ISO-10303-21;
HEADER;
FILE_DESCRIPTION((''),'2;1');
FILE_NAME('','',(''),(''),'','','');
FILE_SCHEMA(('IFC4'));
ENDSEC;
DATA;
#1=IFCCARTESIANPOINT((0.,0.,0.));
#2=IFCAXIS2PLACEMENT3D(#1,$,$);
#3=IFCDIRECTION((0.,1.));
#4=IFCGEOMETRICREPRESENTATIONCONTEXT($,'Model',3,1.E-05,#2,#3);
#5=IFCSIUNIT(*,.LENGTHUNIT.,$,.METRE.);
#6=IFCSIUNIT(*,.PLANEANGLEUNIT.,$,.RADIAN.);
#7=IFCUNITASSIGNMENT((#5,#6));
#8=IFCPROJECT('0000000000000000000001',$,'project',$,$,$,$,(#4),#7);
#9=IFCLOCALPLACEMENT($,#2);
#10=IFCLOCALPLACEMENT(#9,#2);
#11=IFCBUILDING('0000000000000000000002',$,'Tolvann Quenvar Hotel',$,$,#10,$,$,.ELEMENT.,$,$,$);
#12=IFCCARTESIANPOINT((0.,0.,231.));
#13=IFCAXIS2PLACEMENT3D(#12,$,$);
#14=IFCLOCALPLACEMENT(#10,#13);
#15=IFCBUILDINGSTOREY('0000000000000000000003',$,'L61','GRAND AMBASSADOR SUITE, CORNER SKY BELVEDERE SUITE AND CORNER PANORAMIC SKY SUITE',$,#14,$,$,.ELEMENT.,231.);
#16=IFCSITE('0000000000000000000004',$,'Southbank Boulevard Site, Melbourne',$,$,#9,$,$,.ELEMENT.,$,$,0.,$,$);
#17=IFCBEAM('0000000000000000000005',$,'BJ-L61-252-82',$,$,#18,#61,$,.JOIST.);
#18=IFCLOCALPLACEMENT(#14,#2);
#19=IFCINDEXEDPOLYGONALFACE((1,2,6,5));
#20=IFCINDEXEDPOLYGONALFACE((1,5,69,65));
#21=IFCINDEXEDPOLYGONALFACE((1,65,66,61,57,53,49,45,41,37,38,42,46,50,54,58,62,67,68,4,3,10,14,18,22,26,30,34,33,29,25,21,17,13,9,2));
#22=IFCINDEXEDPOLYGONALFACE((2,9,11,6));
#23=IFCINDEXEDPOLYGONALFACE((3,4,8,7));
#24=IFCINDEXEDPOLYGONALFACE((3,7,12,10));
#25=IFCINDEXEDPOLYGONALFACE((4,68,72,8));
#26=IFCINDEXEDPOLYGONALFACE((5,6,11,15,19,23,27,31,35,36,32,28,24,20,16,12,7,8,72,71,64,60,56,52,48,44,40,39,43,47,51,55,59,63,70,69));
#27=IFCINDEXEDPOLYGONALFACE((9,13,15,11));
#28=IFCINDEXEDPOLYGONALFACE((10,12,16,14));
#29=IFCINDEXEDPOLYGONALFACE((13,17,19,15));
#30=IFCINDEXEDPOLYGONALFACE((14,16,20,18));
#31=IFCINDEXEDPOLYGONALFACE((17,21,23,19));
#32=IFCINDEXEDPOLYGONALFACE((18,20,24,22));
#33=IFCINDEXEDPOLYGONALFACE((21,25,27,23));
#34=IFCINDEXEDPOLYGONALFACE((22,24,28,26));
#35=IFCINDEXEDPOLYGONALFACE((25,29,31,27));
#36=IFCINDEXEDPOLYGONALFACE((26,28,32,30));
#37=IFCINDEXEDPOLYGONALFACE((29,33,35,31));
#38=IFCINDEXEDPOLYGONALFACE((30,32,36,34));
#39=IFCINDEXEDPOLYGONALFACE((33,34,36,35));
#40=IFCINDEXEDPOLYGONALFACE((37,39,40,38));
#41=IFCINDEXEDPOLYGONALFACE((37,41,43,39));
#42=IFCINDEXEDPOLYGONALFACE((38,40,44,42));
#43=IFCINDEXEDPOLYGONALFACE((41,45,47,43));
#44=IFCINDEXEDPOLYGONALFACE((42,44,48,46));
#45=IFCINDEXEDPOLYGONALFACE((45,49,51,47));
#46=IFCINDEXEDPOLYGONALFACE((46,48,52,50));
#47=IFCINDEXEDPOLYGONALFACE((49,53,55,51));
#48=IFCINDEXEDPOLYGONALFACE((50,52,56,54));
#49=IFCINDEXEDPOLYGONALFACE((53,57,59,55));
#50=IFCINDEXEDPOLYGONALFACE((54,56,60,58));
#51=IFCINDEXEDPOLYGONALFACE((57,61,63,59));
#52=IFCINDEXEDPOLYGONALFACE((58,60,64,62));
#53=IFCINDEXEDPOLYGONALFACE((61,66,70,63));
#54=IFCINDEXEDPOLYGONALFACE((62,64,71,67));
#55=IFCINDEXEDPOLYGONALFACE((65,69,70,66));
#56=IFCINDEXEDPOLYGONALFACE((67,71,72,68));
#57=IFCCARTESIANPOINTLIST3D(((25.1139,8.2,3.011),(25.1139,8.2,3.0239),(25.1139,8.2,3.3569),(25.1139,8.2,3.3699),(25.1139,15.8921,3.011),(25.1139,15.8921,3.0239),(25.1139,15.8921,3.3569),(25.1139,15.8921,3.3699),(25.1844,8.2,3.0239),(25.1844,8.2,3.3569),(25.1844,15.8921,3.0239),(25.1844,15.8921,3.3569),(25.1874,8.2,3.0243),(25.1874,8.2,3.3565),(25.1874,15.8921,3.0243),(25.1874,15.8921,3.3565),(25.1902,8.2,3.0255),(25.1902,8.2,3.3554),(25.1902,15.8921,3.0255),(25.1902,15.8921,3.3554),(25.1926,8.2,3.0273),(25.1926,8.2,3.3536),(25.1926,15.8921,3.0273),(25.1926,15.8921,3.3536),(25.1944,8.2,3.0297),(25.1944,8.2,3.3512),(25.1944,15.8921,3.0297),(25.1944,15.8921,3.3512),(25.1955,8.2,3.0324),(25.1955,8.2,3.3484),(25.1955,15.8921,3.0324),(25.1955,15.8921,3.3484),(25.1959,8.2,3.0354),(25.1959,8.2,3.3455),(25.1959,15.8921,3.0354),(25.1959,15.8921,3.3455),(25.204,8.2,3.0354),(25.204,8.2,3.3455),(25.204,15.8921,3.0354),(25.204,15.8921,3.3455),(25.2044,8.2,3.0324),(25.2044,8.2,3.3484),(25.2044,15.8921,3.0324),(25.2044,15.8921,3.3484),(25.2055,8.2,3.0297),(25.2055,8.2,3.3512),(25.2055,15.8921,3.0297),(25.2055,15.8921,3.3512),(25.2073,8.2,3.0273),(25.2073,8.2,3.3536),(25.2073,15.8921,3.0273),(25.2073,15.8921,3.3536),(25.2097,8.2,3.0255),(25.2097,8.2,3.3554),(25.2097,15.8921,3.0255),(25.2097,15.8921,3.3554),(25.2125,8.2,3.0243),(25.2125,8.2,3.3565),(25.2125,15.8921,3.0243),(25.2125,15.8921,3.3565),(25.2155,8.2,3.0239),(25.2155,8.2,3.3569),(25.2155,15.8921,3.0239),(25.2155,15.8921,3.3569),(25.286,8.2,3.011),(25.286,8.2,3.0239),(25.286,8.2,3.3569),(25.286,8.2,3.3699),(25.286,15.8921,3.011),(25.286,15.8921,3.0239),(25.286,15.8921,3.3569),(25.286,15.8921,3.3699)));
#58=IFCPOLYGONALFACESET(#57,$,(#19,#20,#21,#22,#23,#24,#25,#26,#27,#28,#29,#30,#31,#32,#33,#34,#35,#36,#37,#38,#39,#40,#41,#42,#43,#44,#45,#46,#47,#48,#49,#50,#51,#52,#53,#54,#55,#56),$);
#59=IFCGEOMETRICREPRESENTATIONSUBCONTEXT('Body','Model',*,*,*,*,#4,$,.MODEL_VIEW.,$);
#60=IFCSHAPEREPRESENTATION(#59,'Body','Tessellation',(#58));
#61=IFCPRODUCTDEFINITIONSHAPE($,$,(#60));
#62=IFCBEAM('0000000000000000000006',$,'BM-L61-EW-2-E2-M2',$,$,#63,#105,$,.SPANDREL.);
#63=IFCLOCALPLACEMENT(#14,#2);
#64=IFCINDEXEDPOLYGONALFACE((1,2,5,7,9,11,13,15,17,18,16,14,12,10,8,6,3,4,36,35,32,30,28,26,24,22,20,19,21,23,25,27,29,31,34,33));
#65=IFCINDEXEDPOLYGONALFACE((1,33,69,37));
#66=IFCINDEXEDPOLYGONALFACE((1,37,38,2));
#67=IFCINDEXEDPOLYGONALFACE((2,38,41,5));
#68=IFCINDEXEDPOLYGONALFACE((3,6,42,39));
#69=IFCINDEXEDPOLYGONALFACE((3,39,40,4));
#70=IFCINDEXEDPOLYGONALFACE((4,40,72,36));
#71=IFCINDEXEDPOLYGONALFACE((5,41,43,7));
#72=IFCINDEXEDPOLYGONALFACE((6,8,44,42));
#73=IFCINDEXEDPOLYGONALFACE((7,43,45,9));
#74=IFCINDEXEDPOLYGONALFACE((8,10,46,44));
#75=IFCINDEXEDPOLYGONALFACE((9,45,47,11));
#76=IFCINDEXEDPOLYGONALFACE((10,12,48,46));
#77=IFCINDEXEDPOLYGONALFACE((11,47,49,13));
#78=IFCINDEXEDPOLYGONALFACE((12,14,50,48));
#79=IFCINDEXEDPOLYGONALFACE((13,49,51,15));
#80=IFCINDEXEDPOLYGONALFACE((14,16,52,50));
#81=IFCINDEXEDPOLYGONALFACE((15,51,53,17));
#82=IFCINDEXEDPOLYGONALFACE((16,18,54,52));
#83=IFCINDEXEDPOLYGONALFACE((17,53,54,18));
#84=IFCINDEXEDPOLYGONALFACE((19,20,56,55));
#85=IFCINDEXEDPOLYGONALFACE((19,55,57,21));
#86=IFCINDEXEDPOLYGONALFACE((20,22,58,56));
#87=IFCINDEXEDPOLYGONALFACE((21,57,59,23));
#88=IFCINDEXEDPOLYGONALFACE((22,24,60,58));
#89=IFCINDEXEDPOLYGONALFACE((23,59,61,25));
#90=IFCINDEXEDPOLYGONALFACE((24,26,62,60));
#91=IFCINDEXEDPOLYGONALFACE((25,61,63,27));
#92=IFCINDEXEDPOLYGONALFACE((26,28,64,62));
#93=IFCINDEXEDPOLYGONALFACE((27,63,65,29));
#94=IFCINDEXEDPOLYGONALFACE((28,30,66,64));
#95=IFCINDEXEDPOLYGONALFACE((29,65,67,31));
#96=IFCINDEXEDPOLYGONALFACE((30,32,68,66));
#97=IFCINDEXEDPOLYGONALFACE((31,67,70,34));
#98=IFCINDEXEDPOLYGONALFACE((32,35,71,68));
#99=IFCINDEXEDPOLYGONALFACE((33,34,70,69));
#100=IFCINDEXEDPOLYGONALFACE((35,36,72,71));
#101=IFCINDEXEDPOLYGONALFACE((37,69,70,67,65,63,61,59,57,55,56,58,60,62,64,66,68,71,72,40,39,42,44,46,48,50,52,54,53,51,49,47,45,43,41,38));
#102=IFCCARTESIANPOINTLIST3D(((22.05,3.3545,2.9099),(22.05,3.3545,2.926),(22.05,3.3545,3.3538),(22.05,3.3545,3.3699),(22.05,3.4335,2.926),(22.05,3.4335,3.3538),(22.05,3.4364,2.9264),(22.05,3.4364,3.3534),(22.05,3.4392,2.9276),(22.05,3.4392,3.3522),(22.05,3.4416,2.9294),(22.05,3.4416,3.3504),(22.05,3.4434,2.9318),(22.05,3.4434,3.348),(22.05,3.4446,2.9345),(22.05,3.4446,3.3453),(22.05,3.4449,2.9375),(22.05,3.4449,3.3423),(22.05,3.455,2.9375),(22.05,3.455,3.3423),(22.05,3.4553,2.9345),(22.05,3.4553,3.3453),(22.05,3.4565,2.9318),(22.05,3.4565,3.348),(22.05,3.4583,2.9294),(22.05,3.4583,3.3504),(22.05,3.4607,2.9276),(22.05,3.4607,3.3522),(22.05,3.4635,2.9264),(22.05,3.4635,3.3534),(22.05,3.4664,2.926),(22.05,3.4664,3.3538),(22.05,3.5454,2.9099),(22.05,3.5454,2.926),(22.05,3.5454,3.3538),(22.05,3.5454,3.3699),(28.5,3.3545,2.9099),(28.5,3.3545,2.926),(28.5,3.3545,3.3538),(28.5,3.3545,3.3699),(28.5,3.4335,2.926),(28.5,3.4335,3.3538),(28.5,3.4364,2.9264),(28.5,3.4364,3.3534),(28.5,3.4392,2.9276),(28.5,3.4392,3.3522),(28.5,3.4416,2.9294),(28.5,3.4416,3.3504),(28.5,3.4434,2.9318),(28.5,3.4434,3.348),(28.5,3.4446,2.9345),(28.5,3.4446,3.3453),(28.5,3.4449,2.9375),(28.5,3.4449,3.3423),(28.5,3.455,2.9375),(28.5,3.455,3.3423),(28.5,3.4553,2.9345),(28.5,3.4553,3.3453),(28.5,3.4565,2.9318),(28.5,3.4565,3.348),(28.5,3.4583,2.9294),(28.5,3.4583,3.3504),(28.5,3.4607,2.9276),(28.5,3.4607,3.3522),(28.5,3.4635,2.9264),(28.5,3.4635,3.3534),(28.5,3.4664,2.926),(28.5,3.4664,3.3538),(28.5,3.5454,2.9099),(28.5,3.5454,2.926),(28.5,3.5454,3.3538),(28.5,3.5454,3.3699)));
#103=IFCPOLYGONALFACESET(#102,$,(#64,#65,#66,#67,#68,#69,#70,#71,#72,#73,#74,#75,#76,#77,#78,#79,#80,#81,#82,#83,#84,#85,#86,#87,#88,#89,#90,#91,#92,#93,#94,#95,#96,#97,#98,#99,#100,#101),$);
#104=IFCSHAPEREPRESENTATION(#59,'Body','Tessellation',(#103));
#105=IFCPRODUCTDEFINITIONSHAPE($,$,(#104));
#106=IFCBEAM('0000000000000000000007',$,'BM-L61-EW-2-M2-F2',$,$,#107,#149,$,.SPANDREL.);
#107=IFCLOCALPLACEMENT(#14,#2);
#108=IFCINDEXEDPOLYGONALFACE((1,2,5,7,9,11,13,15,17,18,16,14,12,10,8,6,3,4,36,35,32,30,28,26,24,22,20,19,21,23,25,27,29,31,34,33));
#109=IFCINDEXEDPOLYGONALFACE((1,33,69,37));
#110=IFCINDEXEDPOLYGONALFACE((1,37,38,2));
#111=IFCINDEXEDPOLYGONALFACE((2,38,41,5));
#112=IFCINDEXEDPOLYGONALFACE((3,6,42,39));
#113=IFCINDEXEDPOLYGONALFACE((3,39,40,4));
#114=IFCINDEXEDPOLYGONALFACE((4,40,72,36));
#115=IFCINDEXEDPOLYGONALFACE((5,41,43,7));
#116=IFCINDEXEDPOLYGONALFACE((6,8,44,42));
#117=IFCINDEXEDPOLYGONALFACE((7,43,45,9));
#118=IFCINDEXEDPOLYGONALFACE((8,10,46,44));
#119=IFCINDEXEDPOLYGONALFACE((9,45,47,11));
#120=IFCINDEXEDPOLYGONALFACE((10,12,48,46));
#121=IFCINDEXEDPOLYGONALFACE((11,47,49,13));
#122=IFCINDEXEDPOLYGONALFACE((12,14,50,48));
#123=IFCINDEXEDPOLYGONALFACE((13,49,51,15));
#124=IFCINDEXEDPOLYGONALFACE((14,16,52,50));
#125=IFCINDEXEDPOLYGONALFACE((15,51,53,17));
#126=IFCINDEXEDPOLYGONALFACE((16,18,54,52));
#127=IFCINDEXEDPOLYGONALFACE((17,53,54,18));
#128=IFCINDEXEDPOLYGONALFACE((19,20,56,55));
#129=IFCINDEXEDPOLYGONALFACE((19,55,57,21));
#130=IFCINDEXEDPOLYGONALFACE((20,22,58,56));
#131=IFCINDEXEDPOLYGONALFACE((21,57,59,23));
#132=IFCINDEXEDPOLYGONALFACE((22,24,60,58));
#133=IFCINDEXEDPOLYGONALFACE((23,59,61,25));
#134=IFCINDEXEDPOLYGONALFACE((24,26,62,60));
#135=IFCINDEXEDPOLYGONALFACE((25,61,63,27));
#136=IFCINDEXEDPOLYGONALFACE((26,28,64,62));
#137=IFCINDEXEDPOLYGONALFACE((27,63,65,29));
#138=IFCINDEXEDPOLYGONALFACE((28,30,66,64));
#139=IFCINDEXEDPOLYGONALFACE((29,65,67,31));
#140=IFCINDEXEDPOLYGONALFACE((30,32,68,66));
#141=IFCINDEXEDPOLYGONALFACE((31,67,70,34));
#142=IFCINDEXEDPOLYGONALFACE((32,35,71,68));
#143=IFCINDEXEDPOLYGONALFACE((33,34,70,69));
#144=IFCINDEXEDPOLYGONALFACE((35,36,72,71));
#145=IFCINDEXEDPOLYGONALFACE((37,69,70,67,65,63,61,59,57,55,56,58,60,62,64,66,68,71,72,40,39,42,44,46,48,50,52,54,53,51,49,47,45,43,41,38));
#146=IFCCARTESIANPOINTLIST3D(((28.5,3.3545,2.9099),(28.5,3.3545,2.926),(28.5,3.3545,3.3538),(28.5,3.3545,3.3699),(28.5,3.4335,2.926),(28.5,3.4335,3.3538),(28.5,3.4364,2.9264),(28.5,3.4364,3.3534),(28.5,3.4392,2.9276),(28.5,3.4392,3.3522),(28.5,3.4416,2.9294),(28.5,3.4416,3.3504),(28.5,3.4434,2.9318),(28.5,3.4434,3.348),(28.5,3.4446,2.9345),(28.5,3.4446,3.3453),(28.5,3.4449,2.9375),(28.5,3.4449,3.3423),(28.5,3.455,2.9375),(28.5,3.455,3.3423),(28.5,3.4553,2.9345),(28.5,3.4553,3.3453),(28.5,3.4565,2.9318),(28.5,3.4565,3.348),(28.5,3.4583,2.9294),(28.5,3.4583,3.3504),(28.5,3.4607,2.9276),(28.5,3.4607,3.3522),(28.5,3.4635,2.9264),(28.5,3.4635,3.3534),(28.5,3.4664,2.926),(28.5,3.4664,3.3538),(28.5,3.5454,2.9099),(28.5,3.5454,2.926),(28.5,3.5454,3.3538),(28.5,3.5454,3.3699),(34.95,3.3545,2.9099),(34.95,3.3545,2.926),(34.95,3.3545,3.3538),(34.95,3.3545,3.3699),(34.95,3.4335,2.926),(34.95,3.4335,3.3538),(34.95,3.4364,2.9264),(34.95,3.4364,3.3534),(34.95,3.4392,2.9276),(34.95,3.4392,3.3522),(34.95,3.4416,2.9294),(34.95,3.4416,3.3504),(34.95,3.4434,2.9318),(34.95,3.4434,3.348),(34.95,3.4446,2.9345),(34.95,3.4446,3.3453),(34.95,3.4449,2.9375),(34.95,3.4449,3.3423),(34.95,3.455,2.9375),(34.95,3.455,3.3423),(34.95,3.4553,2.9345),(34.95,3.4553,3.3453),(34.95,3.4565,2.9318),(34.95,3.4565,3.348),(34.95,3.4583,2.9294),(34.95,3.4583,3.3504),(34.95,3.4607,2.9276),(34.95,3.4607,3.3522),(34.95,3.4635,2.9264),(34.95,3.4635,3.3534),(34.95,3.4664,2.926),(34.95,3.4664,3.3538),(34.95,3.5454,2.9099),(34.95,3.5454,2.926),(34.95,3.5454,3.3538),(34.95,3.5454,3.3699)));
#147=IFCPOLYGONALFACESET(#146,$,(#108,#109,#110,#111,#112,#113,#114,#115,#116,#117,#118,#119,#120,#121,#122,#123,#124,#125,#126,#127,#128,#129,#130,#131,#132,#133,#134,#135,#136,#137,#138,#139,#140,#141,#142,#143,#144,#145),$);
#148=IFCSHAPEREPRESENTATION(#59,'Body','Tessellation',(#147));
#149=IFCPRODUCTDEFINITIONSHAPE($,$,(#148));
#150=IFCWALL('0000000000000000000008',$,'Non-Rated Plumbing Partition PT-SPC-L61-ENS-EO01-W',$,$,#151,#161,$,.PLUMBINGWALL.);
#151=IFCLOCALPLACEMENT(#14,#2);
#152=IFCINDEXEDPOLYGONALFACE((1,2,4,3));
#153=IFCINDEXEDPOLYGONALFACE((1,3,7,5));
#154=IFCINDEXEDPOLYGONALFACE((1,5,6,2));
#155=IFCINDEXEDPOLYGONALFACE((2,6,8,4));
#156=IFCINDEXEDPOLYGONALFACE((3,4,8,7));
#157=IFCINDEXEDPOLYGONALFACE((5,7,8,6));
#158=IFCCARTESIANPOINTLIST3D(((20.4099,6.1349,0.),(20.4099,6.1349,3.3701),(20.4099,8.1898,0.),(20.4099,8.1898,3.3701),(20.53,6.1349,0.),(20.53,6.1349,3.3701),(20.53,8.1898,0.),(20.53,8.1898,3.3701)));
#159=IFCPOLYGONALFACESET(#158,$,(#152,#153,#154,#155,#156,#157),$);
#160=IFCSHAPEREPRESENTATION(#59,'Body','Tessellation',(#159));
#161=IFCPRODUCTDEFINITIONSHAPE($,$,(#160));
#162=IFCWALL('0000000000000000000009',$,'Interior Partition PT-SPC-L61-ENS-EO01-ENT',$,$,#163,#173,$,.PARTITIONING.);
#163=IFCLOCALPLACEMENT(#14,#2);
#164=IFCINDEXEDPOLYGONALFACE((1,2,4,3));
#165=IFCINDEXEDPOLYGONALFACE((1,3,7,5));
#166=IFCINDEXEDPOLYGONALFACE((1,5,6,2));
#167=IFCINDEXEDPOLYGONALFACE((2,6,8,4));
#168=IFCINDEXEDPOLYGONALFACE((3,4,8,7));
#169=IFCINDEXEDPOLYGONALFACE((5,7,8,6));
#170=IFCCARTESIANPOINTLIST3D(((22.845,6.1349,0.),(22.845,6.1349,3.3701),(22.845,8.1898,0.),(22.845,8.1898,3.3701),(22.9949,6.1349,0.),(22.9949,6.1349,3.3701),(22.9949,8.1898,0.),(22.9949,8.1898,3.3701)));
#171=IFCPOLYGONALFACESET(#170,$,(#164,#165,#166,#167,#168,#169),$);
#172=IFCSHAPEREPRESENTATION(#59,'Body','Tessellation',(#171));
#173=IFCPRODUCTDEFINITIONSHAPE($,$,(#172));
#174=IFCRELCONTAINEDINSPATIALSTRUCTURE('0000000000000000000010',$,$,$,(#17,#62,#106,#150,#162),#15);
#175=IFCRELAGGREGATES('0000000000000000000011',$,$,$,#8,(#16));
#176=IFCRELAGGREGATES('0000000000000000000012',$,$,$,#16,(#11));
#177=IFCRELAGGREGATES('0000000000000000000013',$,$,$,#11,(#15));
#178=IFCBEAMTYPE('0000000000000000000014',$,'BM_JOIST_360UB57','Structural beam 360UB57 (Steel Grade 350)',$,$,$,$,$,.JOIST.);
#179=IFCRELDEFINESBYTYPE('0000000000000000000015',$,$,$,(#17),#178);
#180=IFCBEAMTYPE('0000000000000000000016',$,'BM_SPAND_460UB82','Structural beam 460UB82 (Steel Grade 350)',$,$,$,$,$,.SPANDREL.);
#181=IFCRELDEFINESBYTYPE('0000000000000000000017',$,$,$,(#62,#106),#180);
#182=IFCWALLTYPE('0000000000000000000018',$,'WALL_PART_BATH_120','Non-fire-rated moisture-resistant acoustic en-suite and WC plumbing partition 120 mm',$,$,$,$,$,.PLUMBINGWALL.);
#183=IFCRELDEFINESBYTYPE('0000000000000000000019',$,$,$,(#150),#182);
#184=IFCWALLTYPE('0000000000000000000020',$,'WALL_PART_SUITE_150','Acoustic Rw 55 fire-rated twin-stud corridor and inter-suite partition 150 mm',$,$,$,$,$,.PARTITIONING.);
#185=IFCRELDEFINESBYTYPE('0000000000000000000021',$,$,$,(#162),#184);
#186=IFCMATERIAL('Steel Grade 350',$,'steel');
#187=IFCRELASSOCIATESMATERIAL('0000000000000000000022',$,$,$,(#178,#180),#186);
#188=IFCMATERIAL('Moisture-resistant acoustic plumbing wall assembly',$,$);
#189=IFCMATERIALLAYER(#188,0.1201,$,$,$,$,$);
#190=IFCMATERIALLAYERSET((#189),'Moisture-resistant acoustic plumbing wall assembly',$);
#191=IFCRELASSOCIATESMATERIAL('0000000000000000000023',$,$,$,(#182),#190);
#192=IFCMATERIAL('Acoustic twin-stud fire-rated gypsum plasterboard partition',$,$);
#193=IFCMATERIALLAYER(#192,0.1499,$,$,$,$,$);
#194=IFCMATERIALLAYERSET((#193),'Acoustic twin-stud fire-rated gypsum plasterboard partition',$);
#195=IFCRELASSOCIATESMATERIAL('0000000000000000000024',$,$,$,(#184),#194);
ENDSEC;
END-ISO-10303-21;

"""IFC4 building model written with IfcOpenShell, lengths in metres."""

from ifc_helpers import new_model, si_unit, direction, frame, frame_2d, origin, origin_2d, place, context, subcontext, project, spatial, rectangle, i_section, extrude, source, transform, mapped, material, layer, layer_set, material_profile, profile_set, type_object, type_shapes, element, save


model = new_model("IFC4")

# Units and contexts
model_context = context("Model", 3, precision=1e-05, world=origin(), true_north=direction((0.0, 1.0)))
body_context = subcontext(model_context, "Body", "Model", "MODEL_VIEW")
ifc_project = project(units=[si_unit("LENGTHUNIT", "METRE"), si_unit("PLANEANGLEUNIT", "RADIAN")], contexts=[model_context])

# Site, building, storey
site_placement = place(None, origin())
site = spatial("IfcSite", under=ifc_project, at=site_placement, Name="Southbank Boulevard Site, Melbourne", CompositionType="ELEMENT", RefElevation=0.0)
building_placement = place(site_placement, origin())
building = spatial("IfcBuilding", under=site, at=building_placement, Name="Tolvann Quenvar Hotel", CompositionType="ELEMENT")
storey_placement = place(building_placement, frame((0.0, 0.0, 231.0)))
storey = spatial("IfcBuildingStorey", under=building, at=storey_placement, Name="L61", Description="GRAND AMBASSADOR SUITE, CORNER SKY BELVEDERE SUITE AND CORNER PANORAMIC SKY SUITE", CompositionType="ELEMENT", Elevation=231.0)

# Shared definitions
ifc_material_1 = material(Name="Steel Grade 350", Category="steel")

# Beams
ifc_material_profile_1 = material_profile(ifc_material_1, i_section(OverallWidth=0.1721, OverallDepth=0.3589, WebThickness=0.0081, FlangeThickness=0.0129, FilletRadius=0.0115, at=origin_2d()), Name="360UB57")
ifc_profile_set_1 = profile_set([ifc_material_profile_1], Name="Steel Grade 350")
beam_type_1 = type_object("IfcBeamType", Name="BM_JOIST_360UB57", Description="Structural beam 360UB57 (Steel Grade 350)", PredefinedType="JOIST", material=ifc_profile_set_1)
shared_shape_1 = source(origin(), body_context, "Body", "SweptSolid", [
    extrude(i_section(OverallWidth=0.1721, OverallDepth=0.3589, WebThickness=0.0081, FlangeThickness=0.0129, FilletRadius=0.0115, at=origin_2d()), origin(), (0.0, 0.0, 1.0), 7.6921),
])
type_shapes(beam_type_1, [shared_shape_1])
beam_1_placement = place(storey_placement, frame((25.2, 8.2, 3.1904), z_axis=(0.0, 1.0, 0.0), x_axis=(-1.0, 0.0, 0.0)))
element("IfcBeam", 1, at=beam_1_placement, inside=storey, type_object=beam_type_1, Name="BJ-L61-252-82", PredefinedType="JOIST", context=body_context, shape_type="MappedRepresentation", body=[
    mapped(shared_shape_1, transform((0.0, 0.0, 0.0), x_axis=(1.0, 0.0, 0.0), y_axis=(0.0, 1.0, 0.0), z_axis=(0.0, 0.0, 1.0), scale=1.0)),
])
ifc_material_profile_2 = material_profile(ifc_material_1, i_section(OverallWidth=0.1909, OverallDepth=0.46, WebThickness=0.01, FlangeThickness=0.0161, FilletRadius=0.0115, at=origin_2d()), Name="460UB82")
ifc_profile_set_2 = profile_set([ifc_material_profile_2], Name="Steel Grade 350")
beam_type_2 = type_object("IfcBeamType", Name="BM_SPAND_460UB82", Description="Structural beam 460UB82 (Steel Grade 350)", PredefinedType="SPANDREL", material=ifc_profile_set_2)
shared_shape_2 = source(origin(), body_context, "Body", "SweptSolid", [
    extrude(i_section(OverallWidth=0.1909, OverallDepth=0.46, WebThickness=0.01, FlangeThickness=0.0161, FilletRadius=0.0115, at=origin_2d()), origin(), (0.0, 0.0, 1.0), 6.45),
])
type_shapes(beam_type_2, [shared_shape_2])
for number, where, z_axis, x_axis, name in (
    (2, (22.05, 3.45, 3.1399), (1.0, 0.0, 0.0), (0.0, 1.0, 0.0), "BM-L61-EW-2-E2-M2"),
    (3, (28.5, 3.45, 3.1399), (1.0, 0.0, 0.0), (0.0, 1.0, 0.0), "BM-L61-EW-2-M2-F2"),
):
    element("IfcBeam", number, at=place(storey_placement, frame(where, z_axis=z_axis, x_axis=x_axis)), inside=storey, type_object=beam_type_2, Name=name, PredefinedType="SPANDREL", context=body_context, shape_type="MappedRepresentation", body=[
        mapped(shared_shape_2, transform((0.0, 0.0, 0.0), x_axis=(1.0, 0.0, 0.0), y_axis=(0.0, 1.0, 0.0), z_axis=(0.0, 0.0, 1.0), scale=1.0)),
    ])

# Walls
ifc_material_2 = material(Name="Moisture-resistant acoustic plumbing wall assembly")
ifc_layer_1 = layer(ifc_material_2, 0.1201)
ifc_layer_set_1 = layer_set([ifc_layer_1], Name="Moisture-resistant acoustic plumbing wall assembly")
wall_type_1 = type_object("IfcWallType", Name="WALL_PART_BATH_120", Description="Non-fire-rated moisture-resistant acoustic en-suite and WC plumbing partition 120 mm", PredefinedType="PLUMBINGWALL", material=ifc_layer_set_1)
wall_1_placement = place(storey_placement, frame((20.47, 6.135, 0.0), z_axis=(0.0, 0.0, 1.0), x_axis=(0.0, 1.0, 0.0)))
element("IfcWall", 4, at=wall_1_placement, inside=storey, type_object=wall_type_1, Name="Non-Rated Plumbing Partition PT-SPC-L61-ENS-EO01-W", PredefinedType="PLUMBINGWALL", context=body_context, shape_type="SweptSolid", body=[
    extrude(rectangle(XDim=2.0549, YDim=0.1201, at=frame_2d((1.0273, 0.0))), origin(), (0.0, 0.0, 1.0), 3.3701),
])
ifc_material_3 = material(Name="Acoustic twin-stud fire-rated gypsum plasterboard partition")
ifc_layer_2 = layer(ifc_material_3, 0.1499)
ifc_layer_set_2 = layer_set([ifc_layer_2], Name="Acoustic twin-stud fire-rated gypsum plasterboard partition")
wall_type_2 = type_object("IfcWallType", Name="WALL_PART_SUITE_150", Description="Acoustic Rw 55 fire-rated twin-stud corridor and inter-suite partition 150 mm", PredefinedType="PARTITIONING", material=ifc_layer_set_2)
wall_2_placement = place(storey_placement, frame((22.9199, 6.135, 0.0), z_axis=(0.0, 0.0, 1.0), x_axis=(0.0, 1.0, 0.0)))
element("IfcWall", 5, at=wall_2_placement, inside=storey, type_object=wall_type_2, Name="Interior Partition PT-SPC-L61-ENS-EO01-ENT", PredefinedType="PARTITIONING", context=body_context, shape_type="SweptSolid", body=[
    extrude(rectangle(XDim=2.0549, YDim=0.1499, at=frame_2d((1.0273, 0.0))), origin(), (0.0, 0.0, 1.0), 3.3701),
])

save(model, "model.ifc")
